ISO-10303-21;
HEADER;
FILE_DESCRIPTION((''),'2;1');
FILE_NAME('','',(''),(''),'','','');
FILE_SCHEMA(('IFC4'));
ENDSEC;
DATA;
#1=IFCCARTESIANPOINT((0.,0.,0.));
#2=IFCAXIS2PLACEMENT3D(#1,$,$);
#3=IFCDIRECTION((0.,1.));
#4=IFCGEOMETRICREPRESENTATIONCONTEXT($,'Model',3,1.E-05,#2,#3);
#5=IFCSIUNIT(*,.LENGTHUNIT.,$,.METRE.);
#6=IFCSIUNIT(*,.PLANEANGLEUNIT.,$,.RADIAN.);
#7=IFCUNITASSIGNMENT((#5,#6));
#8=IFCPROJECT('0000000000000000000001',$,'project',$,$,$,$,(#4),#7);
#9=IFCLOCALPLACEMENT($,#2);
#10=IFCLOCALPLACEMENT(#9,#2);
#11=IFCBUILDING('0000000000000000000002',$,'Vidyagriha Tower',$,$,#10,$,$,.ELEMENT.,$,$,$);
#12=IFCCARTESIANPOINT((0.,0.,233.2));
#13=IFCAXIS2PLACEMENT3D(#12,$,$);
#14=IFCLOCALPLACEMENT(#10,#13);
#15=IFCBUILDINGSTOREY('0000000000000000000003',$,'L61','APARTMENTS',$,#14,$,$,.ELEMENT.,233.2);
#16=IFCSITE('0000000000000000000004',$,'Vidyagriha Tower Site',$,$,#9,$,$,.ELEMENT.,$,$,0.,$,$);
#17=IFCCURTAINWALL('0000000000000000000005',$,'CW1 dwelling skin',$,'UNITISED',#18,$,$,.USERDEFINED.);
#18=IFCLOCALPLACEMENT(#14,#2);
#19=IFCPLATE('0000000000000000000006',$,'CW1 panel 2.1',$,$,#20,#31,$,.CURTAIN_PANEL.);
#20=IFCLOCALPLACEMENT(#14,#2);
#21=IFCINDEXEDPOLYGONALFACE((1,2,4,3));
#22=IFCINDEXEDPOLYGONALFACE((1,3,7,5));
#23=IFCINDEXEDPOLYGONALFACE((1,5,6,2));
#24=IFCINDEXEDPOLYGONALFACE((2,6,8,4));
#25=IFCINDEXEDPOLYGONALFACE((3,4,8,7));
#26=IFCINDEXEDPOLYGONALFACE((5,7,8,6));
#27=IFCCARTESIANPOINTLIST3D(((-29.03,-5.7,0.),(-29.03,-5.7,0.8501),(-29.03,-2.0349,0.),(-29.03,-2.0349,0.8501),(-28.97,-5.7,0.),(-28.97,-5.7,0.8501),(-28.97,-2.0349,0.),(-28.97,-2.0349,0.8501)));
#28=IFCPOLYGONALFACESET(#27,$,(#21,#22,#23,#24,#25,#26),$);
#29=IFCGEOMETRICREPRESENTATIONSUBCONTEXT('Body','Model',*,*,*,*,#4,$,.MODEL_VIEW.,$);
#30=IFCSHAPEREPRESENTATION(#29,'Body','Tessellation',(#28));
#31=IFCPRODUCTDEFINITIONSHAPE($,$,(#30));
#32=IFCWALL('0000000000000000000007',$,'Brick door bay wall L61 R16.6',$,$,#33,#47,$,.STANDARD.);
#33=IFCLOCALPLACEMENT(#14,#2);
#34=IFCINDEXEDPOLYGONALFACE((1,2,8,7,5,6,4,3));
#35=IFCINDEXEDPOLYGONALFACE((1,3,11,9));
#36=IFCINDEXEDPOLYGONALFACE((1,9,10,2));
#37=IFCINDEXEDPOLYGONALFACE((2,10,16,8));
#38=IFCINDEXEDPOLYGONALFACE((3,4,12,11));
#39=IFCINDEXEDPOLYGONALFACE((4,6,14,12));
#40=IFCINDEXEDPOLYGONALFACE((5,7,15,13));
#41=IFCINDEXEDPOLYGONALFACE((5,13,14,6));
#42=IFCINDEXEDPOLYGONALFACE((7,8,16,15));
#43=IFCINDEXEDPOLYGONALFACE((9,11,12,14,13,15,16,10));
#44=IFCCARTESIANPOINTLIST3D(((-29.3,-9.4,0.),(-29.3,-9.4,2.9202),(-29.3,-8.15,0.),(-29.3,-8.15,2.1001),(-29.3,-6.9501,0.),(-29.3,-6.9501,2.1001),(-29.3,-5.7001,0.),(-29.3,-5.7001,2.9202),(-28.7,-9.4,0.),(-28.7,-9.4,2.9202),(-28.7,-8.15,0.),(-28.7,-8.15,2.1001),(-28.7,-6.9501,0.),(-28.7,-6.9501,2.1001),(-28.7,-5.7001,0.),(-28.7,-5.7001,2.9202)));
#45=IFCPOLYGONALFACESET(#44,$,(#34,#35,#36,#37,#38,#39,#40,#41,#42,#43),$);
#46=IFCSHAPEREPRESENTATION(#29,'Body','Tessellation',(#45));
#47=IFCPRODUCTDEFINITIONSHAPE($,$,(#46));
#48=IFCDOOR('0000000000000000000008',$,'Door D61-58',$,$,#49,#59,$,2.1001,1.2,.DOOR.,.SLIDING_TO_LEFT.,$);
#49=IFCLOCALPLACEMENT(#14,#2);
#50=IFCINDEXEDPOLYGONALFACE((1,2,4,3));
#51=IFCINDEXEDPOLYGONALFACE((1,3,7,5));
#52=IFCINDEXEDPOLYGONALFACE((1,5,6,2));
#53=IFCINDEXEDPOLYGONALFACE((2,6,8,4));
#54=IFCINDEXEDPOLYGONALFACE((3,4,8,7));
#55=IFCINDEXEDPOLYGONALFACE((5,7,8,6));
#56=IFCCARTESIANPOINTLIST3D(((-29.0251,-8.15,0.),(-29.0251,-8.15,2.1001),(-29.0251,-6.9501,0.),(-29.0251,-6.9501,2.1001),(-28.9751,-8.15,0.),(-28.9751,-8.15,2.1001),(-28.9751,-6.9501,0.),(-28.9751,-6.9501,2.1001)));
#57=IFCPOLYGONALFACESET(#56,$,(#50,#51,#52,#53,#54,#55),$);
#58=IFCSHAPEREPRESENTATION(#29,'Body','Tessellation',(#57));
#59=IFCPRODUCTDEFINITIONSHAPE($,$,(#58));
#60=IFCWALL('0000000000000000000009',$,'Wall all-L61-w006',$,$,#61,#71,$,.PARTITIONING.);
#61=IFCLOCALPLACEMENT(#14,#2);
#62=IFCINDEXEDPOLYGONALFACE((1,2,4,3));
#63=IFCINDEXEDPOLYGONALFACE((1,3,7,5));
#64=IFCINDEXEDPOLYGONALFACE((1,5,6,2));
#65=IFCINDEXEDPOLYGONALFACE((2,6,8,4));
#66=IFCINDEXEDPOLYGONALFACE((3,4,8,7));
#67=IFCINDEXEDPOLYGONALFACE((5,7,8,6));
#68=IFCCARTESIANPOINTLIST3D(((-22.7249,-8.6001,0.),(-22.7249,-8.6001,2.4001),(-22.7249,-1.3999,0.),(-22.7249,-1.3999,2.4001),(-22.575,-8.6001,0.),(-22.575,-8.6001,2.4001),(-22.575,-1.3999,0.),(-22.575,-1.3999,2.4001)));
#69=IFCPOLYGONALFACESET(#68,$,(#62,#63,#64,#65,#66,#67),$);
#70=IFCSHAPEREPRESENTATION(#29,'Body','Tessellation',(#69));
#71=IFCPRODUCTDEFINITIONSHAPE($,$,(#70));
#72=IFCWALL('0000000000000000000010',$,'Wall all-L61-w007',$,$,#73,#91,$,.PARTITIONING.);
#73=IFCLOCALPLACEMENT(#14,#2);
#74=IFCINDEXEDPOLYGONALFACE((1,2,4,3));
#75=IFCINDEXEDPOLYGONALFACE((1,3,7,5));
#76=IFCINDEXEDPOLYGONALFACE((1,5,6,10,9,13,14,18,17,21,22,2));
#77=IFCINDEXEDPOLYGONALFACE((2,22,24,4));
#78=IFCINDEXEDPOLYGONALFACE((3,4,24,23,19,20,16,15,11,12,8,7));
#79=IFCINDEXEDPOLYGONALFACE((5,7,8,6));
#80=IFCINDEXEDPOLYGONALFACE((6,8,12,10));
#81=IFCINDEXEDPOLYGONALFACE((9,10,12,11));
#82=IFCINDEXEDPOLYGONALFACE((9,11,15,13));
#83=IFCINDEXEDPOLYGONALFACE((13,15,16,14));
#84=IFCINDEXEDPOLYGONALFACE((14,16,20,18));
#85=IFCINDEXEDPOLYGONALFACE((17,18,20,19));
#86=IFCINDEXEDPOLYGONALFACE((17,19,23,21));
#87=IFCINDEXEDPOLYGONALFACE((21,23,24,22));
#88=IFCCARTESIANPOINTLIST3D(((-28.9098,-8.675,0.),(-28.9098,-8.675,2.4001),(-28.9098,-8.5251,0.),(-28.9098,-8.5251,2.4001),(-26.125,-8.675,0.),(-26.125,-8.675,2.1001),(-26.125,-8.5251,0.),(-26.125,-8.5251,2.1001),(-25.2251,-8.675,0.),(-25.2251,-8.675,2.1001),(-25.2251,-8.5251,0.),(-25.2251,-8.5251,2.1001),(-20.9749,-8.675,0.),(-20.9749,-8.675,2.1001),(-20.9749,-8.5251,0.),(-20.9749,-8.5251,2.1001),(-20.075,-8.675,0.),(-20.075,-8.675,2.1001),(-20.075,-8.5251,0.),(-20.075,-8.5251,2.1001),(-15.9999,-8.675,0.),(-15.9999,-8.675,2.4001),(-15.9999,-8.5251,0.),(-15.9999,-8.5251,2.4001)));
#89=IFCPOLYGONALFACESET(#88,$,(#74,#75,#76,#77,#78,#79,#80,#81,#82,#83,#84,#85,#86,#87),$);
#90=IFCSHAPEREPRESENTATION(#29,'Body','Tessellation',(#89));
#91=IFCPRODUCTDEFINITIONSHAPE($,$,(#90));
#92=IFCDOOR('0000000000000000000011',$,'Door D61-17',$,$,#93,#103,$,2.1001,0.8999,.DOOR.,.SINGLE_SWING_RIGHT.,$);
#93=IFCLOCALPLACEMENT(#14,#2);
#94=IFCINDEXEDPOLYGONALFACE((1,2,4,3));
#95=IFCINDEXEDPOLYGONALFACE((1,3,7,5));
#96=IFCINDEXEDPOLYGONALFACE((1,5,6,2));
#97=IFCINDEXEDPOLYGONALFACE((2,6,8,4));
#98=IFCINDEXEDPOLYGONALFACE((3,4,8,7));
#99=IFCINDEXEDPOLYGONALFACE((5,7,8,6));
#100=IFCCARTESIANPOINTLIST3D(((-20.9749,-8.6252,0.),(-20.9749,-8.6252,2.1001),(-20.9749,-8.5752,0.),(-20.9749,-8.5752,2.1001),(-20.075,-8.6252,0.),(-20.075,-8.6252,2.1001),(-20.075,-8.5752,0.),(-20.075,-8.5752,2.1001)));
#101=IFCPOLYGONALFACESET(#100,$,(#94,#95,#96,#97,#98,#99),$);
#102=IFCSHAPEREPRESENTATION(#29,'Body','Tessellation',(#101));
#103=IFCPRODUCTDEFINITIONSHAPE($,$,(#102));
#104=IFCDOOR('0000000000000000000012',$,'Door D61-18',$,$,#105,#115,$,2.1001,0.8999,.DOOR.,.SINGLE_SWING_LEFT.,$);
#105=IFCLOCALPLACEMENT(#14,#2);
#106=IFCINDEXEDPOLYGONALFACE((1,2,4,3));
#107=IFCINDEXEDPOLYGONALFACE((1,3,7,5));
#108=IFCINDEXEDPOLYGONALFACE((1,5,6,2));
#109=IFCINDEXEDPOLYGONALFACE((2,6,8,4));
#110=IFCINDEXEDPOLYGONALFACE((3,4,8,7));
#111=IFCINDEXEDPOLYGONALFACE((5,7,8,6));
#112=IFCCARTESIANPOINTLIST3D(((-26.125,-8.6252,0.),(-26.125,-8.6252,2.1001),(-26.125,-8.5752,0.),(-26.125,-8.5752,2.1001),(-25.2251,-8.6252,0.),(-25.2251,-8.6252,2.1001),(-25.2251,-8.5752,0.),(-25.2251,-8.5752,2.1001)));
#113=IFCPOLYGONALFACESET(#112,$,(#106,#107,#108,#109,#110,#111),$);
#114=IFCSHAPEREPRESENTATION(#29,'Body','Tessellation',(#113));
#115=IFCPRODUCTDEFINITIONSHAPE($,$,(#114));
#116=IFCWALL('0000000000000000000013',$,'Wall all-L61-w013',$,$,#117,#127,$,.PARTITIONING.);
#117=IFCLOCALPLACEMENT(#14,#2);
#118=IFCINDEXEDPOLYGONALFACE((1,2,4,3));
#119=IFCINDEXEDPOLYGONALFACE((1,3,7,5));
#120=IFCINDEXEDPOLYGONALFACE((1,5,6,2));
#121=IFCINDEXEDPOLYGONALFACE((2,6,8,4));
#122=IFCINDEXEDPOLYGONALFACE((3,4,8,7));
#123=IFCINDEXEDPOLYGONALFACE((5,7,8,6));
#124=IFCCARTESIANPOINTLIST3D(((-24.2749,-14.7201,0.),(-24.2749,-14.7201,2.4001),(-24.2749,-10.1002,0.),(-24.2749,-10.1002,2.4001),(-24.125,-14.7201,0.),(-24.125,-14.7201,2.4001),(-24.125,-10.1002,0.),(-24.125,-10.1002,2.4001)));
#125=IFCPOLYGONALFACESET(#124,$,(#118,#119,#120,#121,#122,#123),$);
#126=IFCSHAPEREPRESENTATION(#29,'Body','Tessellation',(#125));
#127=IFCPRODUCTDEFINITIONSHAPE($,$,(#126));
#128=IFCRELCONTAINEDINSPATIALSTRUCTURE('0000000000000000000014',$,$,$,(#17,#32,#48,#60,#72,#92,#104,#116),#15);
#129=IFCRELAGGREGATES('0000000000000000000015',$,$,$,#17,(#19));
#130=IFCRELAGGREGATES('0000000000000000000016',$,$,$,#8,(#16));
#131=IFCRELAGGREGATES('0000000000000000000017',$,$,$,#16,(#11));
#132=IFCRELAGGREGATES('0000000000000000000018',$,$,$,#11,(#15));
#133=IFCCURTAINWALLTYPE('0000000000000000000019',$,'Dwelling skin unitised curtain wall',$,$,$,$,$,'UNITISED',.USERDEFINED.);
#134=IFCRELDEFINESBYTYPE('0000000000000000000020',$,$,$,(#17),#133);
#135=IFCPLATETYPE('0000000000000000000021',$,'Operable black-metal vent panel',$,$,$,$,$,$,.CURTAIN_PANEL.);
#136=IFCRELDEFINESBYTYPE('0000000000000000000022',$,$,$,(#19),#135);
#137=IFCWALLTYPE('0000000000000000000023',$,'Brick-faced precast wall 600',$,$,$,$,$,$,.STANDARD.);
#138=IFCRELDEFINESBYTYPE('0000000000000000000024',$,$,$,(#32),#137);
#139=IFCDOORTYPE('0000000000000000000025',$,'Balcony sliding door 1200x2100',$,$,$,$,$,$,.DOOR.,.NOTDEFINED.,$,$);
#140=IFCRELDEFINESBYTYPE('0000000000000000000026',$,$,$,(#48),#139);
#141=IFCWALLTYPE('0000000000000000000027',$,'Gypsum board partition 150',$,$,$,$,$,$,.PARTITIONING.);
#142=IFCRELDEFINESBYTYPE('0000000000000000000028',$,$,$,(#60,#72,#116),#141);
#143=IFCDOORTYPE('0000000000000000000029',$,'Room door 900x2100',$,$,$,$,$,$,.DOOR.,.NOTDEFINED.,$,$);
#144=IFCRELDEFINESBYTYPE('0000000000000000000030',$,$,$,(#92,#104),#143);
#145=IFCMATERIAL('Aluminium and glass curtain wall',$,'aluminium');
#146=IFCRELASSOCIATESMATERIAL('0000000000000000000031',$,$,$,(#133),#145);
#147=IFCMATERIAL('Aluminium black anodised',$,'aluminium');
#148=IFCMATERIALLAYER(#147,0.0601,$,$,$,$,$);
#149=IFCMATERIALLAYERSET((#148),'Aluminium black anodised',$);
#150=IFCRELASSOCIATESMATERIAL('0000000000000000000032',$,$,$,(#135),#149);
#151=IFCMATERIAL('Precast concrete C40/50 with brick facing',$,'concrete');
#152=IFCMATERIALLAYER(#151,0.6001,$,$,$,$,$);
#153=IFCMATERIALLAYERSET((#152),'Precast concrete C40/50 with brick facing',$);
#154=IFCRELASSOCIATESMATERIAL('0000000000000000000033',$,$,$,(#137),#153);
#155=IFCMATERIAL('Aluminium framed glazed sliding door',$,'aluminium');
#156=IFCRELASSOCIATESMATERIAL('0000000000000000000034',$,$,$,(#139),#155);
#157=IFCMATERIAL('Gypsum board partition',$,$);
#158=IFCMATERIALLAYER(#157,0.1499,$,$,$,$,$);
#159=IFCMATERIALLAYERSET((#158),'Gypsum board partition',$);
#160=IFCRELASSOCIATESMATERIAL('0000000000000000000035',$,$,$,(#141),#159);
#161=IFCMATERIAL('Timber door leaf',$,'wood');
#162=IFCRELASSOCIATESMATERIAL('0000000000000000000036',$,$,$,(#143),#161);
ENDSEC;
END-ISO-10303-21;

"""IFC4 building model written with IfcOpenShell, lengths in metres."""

from ifc_helpers import new_model, si_unit, direction, frame, frame_2d, origin, origin_2d, place, context, subcontext, project, spatial, rectangle, extrude, material, layer, layer_set, type_object, element, fill, aggregate, save


model = new_model("IFC4")

# Units and contexts
model_context = context("Model", 3, precision=1e-05, world=origin(), true_north=direction((0.0, 1.0)))
body_context = subcontext(model_context, "Body", "Model", "MODEL_VIEW")
ifc_project = project(units=[si_unit("LENGTHUNIT", "METRE"), si_unit("PLANEANGLEUNIT", "RADIAN")], contexts=[model_context])

# Site, building, storey
site_placement = place(None, origin())
site = spatial("IfcSite", under=ifc_project, at=site_placement, Name="Vidyagriha Tower Site", CompositionType="ELEMENT", RefElevation=0.0)
building_placement = place(site_placement, origin())
building = spatial("IfcBuilding", under=site, at=building_placement, Name="Vidyagriha Tower", CompositionType="ELEMENT")
storey_placement = place(building_placement, frame((0.0, 0.0, 233.2)))
storey = spatial("IfcBuildingStorey", under=building, at=storey_placement, Name="L61", Description="APARTMENTS", CompositionType="ELEMENT", Elevation=233.2)

# Curtain wall
ifc_material_1 = material(Name="Aluminium and glass curtain wall", Category="aluminium")
curtain_wall_type = type_object("IfcCurtainWallType", Name="Dwelling skin unitised curtain wall", ElementType="UNITISED", PredefinedType="USERDEFINED", material=ifc_material_1)
curtain_wall_1_placement = place(storey_placement, origin())
curtain_wall_1 = element("IfcCurtainWall", 1, at=curtain_wall_1_placement, inside=storey, type_object=curtain_wall_type, Name="CW1 dwelling skin", ObjectType="UNITISED", PredefinedType="USERDEFINED")

# Plate
ifc_material_2 = material(Name="Aluminium black anodised", Category="aluminium")
ifc_layer_1 = layer(ifc_material_2, 0.0601)
ifc_layer_set_1 = layer_set([ifc_layer_1], Name="Aluminium black anodised")
plate_type_1 = type_object("IfcPlateType", Name="Operable black-metal vent panel", PredefinedType="CURTAIN_PANEL", material=ifc_layer_set_1)
plate_1_placement = place(storey_placement, frame((-29.0, -3.8674, 0.0), z_axis=(0.0, 0.0, 1.0), x_axis=(0.0, -1.0, 0.0)))
plate_1 = element("IfcPlate", 2, at=plate_1_placement, type_object=plate_type_1, Name="CW1 panel 2.1", PredefinedType="CURTAIN_PANEL", context=body_context, shape_type="SweptSolid", body=[
    extrude(rectangle(XDim=3.665, YDim=0.0601, at=origin_2d()), origin(), (0.0, 0.0, 1.0), 0.8501),
])
aggregate(curtain_wall_1, [plate_1])

# Wall, opening, door
ifc_material_3 = material(Name="Precast concrete C40/50 with brick facing", Category="concrete")
ifc_layer_2 = layer(ifc_material_3, 0.6001)
ifc_layer_set_2 = layer_set([ifc_layer_2], Name="Precast concrete C40/50 with brick facing")
wall_type_1 = type_object("IfcWallType", Name="Brick-faced precast wall 600", PredefinedType="STANDARD", material=ifc_layer_set_2)
wall_1_placement = place(storey_placement, frame((-29.0, -5.7, 0.0), z_axis=(0.0, 0.0, 1.0), x_axis=(0.0, -1.0, 0.0)))
wall_1 = element("IfcWall", 3, at=wall_1_placement, inside=storey, type_object=wall_type_1, Name="Brick door bay wall L61 R16.6", PredefinedType="STANDARD", context=body_context, shape_type="SweptSolid", body=[
    extrude(rectangle(XDim=3.7, YDim=0.6001, at=frame_2d((1.8501, 0.0))), origin(), (0.0, 0.0, 1.0), 2.9202),
])
opening_1_placement = place(wall_1_placement, frame((1.25, 0.0, 0.0)))
opening_1 = element("IfcOpeningElement", 4, at=opening_1_placement, cuts=wall_1, PredefinedType="OPENING", context=body_context, shape_type="SweptSolid", body=[
    extrude(rectangle(XDim=1.2, YDim=2.1001, at=frame_2d((0.6001, 1.05))), frame((0.0, 0.3101, 0.0), z_axis=(0.0, -1.0, 0.0), x_axis=(1.0, 0.0, 0.0)), (0.0, 0.0, 1.0), 0.6201),
])
ifc_material_4 = material(Name="Aluminium framed glazed sliding door", Category="aluminium")
door_type_1 = type_object("IfcDoorType", Name="Balcony sliding door 1200x2100", OperationType="NOTDEFINED", PredefinedType="DOOR", material=ifc_material_4)
door_1_placement = place(opening_1_placement, origin())
door_1 = element("IfcDoor", 5, at=door_1_placement, inside=storey, type_object=door_type_1, Name="Door D61-58", OperationType="SLIDING_TO_LEFT", OverallHeight=2.1001, OverallWidth=1.2, PredefinedType="DOOR", context=body_context, shape_type="SweptSolid", body=[
    extrude(rectangle(XDim=1.2, YDim=2.1001, at=frame_2d((0.6001, 1.05))), frame((0.0, 0.0249, 0.0), z_axis=(0.0, -1.0, 0.0), x_axis=(1.0, 0.0, 0.0)), (0.0, 0.0, 1.0), 0.05),
])
fill(opening_1, door_1)

# Wall
ifc_material_5 = material(Name="Gypsum board partition")
ifc_layer_3 = layer(ifc_material_5, 0.1499)
ifc_layer_set_3 = layer_set([ifc_layer_3], Name="Gypsum board partition")
wall_type_2 = type_object("IfcWallType", Name="Gypsum board partition 150", PredefinedType="PARTITIONING", material=ifc_layer_set_3)
wall_2_placement = place(storey_placement, frame((-22.6499, -8.6001, 0.0), z_axis=(0.0, 0.0, 1.0), x_axis=(0.0, 1.0, 0.0)))
element("IfcWall", 6, at=wall_2_placement, inside=storey, type_object=wall_type_2, Name="Wall all-L61-w006", PredefinedType="PARTITIONING", context=body_context, shape_type="SweptSolid", body=[
    extrude(rectangle(XDim=7.2002, YDim=0.1499, at=frame_2d((3.6001, 0.0))), origin(), (0.0, 0.0, 1.0), 2.4001),
])

# Wall, openings, doors
wall_3_placement = place(storey_placement, frame((-28.9099, -8.6001, 0.0)))
wall_3 = element("IfcWall", 7, at=wall_3_placement, inside=storey, type_object=wall_type_2, Name="Wall all-L61-w007", PredefinedType="PARTITIONING", context=body_context, shape_type="SweptSolid", body=[
    extrude(rectangle(XDim=12.9099, YDim=0.1499, at=frame_2d((6.4551, 0.0))), origin(), (0.0, 0.0, 1.0), 2.4001),
])
opening_2_placement = place(wall_3_placement, frame((7.9351, 0.0, 0.0)))
opening_2 = element("IfcOpeningElement", 8, at=opening_2_placement, cuts=wall_3, PredefinedType="OPENING", context=body_context, shape_type="SweptSolid", body=[
    extrude(rectangle(XDim=0.8999, YDim=2.1001, at=frame_2d((0.45, 1.05))), frame((0.0, 0.085, 0.0), z_axis=(0.0, -1.0, 0.0), x_axis=(1.0, 0.0, 0.0)), (0.0, 0.0, 1.0), 0.1699),
])
opening_3_placement = place(wall_3_placement, frame((2.7849, 0.0, 0.0)))
opening_3 = element("IfcOpeningElement", 9, at=opening_3_placement, cuts=wall_3, PredefinedType="OPENING", context=body_context, shape_type="SweptSolid", body=[
    extrude(rectangle(XDim=0.8999, YDim=2.1001, at=frame_2d((0.45, 1.05))), frame((0.0, 0.085, 0.0), z_axis=(0.0, -1.0, 0.0), x_axis=(1.0, 0.0, 0.0)), (0.0, 0.0, 1.0), 0.1699),
])
ifc_material_6 = material(Name="Timber door leaf", Category="wood")
door_type_2 = type_object("IfcDoorType", Name="Room door 900x2100", OperationType="NOTDEFINED", PredefinedType="DOOR", material=ifc_material_6)
door_2_placement = place(opening_2_placement, origin())
door_2 = element("IfcDoor", 10, at=door_2_placement, inside=storey, type_object=door_type_2, Name="Door D61-17", OperationType="SINGLE_SWING_RIGHT", OverallHeight=2.1001, OverallWidth=0.8999, PredefinedType="DOOR", context=body_context, shape_type="SweptSolid", body=[
    extrude(rectangle(XDim=0.8999, YDim=2.1001, at=frame_2d((0.45, 1.05))), frame((0.0, 0.0249, 0.0), z_axis=(0.0, -1.0, 0.0), x_axis=(1.0, 0.0, 0.0)), (0.0, 0.0, 1.0), 0.05),
])
fill(opening_2, door_2)
door_3_placement = place(opening_3_placement, origin())
door_3 = element("IfcDoor", 11, at=door_3_placement, inside=storey, type_object=door_type_2, Name="Door D61-18", OperationType="SINGLE_SWING_LEFT", OverallHeight=2.1001, OverallWidth=0.8999, PredefinedType="DOOR", context=body_context, shape_type="SweptSolid", body=[
    extrude(rectangle(XDim=0.8999, YDim=2.1001, at=frame_2d((0.45, 1.05))), frame((0.0, 0.0249, 0.0), z_axis=(0.0, -1.0, 0.0), x_axis=(1.0, 0.0, 0.0)), (0.0, 0.0, 1.0), 0.05),
])
fill(opening_3, door_3)

# Wall
wall_4_placement = place(storey_placement, frame((-24.2, -10.1001, 0.0), z_axis=(0.0, 0.0, 1.0), x_axis=(0.0, -1.0, 0.0)))
element("IfcWall", 12, at=wall_4_placement, inside=storey, type_object=wall_type_2, Name="Wall all-L61-w013", PredefinedType="PARTITIONING", context=body_context, shape_type="SweptSolid", body=[
    extrude(rectangle(XDim=4.6199, YDim=0.1499, at=frame_2d((2.3101, 0.0))), origin(), (0.0, 0.0, 1.0), 2.4001),
])

save(model, "model.ifc")
